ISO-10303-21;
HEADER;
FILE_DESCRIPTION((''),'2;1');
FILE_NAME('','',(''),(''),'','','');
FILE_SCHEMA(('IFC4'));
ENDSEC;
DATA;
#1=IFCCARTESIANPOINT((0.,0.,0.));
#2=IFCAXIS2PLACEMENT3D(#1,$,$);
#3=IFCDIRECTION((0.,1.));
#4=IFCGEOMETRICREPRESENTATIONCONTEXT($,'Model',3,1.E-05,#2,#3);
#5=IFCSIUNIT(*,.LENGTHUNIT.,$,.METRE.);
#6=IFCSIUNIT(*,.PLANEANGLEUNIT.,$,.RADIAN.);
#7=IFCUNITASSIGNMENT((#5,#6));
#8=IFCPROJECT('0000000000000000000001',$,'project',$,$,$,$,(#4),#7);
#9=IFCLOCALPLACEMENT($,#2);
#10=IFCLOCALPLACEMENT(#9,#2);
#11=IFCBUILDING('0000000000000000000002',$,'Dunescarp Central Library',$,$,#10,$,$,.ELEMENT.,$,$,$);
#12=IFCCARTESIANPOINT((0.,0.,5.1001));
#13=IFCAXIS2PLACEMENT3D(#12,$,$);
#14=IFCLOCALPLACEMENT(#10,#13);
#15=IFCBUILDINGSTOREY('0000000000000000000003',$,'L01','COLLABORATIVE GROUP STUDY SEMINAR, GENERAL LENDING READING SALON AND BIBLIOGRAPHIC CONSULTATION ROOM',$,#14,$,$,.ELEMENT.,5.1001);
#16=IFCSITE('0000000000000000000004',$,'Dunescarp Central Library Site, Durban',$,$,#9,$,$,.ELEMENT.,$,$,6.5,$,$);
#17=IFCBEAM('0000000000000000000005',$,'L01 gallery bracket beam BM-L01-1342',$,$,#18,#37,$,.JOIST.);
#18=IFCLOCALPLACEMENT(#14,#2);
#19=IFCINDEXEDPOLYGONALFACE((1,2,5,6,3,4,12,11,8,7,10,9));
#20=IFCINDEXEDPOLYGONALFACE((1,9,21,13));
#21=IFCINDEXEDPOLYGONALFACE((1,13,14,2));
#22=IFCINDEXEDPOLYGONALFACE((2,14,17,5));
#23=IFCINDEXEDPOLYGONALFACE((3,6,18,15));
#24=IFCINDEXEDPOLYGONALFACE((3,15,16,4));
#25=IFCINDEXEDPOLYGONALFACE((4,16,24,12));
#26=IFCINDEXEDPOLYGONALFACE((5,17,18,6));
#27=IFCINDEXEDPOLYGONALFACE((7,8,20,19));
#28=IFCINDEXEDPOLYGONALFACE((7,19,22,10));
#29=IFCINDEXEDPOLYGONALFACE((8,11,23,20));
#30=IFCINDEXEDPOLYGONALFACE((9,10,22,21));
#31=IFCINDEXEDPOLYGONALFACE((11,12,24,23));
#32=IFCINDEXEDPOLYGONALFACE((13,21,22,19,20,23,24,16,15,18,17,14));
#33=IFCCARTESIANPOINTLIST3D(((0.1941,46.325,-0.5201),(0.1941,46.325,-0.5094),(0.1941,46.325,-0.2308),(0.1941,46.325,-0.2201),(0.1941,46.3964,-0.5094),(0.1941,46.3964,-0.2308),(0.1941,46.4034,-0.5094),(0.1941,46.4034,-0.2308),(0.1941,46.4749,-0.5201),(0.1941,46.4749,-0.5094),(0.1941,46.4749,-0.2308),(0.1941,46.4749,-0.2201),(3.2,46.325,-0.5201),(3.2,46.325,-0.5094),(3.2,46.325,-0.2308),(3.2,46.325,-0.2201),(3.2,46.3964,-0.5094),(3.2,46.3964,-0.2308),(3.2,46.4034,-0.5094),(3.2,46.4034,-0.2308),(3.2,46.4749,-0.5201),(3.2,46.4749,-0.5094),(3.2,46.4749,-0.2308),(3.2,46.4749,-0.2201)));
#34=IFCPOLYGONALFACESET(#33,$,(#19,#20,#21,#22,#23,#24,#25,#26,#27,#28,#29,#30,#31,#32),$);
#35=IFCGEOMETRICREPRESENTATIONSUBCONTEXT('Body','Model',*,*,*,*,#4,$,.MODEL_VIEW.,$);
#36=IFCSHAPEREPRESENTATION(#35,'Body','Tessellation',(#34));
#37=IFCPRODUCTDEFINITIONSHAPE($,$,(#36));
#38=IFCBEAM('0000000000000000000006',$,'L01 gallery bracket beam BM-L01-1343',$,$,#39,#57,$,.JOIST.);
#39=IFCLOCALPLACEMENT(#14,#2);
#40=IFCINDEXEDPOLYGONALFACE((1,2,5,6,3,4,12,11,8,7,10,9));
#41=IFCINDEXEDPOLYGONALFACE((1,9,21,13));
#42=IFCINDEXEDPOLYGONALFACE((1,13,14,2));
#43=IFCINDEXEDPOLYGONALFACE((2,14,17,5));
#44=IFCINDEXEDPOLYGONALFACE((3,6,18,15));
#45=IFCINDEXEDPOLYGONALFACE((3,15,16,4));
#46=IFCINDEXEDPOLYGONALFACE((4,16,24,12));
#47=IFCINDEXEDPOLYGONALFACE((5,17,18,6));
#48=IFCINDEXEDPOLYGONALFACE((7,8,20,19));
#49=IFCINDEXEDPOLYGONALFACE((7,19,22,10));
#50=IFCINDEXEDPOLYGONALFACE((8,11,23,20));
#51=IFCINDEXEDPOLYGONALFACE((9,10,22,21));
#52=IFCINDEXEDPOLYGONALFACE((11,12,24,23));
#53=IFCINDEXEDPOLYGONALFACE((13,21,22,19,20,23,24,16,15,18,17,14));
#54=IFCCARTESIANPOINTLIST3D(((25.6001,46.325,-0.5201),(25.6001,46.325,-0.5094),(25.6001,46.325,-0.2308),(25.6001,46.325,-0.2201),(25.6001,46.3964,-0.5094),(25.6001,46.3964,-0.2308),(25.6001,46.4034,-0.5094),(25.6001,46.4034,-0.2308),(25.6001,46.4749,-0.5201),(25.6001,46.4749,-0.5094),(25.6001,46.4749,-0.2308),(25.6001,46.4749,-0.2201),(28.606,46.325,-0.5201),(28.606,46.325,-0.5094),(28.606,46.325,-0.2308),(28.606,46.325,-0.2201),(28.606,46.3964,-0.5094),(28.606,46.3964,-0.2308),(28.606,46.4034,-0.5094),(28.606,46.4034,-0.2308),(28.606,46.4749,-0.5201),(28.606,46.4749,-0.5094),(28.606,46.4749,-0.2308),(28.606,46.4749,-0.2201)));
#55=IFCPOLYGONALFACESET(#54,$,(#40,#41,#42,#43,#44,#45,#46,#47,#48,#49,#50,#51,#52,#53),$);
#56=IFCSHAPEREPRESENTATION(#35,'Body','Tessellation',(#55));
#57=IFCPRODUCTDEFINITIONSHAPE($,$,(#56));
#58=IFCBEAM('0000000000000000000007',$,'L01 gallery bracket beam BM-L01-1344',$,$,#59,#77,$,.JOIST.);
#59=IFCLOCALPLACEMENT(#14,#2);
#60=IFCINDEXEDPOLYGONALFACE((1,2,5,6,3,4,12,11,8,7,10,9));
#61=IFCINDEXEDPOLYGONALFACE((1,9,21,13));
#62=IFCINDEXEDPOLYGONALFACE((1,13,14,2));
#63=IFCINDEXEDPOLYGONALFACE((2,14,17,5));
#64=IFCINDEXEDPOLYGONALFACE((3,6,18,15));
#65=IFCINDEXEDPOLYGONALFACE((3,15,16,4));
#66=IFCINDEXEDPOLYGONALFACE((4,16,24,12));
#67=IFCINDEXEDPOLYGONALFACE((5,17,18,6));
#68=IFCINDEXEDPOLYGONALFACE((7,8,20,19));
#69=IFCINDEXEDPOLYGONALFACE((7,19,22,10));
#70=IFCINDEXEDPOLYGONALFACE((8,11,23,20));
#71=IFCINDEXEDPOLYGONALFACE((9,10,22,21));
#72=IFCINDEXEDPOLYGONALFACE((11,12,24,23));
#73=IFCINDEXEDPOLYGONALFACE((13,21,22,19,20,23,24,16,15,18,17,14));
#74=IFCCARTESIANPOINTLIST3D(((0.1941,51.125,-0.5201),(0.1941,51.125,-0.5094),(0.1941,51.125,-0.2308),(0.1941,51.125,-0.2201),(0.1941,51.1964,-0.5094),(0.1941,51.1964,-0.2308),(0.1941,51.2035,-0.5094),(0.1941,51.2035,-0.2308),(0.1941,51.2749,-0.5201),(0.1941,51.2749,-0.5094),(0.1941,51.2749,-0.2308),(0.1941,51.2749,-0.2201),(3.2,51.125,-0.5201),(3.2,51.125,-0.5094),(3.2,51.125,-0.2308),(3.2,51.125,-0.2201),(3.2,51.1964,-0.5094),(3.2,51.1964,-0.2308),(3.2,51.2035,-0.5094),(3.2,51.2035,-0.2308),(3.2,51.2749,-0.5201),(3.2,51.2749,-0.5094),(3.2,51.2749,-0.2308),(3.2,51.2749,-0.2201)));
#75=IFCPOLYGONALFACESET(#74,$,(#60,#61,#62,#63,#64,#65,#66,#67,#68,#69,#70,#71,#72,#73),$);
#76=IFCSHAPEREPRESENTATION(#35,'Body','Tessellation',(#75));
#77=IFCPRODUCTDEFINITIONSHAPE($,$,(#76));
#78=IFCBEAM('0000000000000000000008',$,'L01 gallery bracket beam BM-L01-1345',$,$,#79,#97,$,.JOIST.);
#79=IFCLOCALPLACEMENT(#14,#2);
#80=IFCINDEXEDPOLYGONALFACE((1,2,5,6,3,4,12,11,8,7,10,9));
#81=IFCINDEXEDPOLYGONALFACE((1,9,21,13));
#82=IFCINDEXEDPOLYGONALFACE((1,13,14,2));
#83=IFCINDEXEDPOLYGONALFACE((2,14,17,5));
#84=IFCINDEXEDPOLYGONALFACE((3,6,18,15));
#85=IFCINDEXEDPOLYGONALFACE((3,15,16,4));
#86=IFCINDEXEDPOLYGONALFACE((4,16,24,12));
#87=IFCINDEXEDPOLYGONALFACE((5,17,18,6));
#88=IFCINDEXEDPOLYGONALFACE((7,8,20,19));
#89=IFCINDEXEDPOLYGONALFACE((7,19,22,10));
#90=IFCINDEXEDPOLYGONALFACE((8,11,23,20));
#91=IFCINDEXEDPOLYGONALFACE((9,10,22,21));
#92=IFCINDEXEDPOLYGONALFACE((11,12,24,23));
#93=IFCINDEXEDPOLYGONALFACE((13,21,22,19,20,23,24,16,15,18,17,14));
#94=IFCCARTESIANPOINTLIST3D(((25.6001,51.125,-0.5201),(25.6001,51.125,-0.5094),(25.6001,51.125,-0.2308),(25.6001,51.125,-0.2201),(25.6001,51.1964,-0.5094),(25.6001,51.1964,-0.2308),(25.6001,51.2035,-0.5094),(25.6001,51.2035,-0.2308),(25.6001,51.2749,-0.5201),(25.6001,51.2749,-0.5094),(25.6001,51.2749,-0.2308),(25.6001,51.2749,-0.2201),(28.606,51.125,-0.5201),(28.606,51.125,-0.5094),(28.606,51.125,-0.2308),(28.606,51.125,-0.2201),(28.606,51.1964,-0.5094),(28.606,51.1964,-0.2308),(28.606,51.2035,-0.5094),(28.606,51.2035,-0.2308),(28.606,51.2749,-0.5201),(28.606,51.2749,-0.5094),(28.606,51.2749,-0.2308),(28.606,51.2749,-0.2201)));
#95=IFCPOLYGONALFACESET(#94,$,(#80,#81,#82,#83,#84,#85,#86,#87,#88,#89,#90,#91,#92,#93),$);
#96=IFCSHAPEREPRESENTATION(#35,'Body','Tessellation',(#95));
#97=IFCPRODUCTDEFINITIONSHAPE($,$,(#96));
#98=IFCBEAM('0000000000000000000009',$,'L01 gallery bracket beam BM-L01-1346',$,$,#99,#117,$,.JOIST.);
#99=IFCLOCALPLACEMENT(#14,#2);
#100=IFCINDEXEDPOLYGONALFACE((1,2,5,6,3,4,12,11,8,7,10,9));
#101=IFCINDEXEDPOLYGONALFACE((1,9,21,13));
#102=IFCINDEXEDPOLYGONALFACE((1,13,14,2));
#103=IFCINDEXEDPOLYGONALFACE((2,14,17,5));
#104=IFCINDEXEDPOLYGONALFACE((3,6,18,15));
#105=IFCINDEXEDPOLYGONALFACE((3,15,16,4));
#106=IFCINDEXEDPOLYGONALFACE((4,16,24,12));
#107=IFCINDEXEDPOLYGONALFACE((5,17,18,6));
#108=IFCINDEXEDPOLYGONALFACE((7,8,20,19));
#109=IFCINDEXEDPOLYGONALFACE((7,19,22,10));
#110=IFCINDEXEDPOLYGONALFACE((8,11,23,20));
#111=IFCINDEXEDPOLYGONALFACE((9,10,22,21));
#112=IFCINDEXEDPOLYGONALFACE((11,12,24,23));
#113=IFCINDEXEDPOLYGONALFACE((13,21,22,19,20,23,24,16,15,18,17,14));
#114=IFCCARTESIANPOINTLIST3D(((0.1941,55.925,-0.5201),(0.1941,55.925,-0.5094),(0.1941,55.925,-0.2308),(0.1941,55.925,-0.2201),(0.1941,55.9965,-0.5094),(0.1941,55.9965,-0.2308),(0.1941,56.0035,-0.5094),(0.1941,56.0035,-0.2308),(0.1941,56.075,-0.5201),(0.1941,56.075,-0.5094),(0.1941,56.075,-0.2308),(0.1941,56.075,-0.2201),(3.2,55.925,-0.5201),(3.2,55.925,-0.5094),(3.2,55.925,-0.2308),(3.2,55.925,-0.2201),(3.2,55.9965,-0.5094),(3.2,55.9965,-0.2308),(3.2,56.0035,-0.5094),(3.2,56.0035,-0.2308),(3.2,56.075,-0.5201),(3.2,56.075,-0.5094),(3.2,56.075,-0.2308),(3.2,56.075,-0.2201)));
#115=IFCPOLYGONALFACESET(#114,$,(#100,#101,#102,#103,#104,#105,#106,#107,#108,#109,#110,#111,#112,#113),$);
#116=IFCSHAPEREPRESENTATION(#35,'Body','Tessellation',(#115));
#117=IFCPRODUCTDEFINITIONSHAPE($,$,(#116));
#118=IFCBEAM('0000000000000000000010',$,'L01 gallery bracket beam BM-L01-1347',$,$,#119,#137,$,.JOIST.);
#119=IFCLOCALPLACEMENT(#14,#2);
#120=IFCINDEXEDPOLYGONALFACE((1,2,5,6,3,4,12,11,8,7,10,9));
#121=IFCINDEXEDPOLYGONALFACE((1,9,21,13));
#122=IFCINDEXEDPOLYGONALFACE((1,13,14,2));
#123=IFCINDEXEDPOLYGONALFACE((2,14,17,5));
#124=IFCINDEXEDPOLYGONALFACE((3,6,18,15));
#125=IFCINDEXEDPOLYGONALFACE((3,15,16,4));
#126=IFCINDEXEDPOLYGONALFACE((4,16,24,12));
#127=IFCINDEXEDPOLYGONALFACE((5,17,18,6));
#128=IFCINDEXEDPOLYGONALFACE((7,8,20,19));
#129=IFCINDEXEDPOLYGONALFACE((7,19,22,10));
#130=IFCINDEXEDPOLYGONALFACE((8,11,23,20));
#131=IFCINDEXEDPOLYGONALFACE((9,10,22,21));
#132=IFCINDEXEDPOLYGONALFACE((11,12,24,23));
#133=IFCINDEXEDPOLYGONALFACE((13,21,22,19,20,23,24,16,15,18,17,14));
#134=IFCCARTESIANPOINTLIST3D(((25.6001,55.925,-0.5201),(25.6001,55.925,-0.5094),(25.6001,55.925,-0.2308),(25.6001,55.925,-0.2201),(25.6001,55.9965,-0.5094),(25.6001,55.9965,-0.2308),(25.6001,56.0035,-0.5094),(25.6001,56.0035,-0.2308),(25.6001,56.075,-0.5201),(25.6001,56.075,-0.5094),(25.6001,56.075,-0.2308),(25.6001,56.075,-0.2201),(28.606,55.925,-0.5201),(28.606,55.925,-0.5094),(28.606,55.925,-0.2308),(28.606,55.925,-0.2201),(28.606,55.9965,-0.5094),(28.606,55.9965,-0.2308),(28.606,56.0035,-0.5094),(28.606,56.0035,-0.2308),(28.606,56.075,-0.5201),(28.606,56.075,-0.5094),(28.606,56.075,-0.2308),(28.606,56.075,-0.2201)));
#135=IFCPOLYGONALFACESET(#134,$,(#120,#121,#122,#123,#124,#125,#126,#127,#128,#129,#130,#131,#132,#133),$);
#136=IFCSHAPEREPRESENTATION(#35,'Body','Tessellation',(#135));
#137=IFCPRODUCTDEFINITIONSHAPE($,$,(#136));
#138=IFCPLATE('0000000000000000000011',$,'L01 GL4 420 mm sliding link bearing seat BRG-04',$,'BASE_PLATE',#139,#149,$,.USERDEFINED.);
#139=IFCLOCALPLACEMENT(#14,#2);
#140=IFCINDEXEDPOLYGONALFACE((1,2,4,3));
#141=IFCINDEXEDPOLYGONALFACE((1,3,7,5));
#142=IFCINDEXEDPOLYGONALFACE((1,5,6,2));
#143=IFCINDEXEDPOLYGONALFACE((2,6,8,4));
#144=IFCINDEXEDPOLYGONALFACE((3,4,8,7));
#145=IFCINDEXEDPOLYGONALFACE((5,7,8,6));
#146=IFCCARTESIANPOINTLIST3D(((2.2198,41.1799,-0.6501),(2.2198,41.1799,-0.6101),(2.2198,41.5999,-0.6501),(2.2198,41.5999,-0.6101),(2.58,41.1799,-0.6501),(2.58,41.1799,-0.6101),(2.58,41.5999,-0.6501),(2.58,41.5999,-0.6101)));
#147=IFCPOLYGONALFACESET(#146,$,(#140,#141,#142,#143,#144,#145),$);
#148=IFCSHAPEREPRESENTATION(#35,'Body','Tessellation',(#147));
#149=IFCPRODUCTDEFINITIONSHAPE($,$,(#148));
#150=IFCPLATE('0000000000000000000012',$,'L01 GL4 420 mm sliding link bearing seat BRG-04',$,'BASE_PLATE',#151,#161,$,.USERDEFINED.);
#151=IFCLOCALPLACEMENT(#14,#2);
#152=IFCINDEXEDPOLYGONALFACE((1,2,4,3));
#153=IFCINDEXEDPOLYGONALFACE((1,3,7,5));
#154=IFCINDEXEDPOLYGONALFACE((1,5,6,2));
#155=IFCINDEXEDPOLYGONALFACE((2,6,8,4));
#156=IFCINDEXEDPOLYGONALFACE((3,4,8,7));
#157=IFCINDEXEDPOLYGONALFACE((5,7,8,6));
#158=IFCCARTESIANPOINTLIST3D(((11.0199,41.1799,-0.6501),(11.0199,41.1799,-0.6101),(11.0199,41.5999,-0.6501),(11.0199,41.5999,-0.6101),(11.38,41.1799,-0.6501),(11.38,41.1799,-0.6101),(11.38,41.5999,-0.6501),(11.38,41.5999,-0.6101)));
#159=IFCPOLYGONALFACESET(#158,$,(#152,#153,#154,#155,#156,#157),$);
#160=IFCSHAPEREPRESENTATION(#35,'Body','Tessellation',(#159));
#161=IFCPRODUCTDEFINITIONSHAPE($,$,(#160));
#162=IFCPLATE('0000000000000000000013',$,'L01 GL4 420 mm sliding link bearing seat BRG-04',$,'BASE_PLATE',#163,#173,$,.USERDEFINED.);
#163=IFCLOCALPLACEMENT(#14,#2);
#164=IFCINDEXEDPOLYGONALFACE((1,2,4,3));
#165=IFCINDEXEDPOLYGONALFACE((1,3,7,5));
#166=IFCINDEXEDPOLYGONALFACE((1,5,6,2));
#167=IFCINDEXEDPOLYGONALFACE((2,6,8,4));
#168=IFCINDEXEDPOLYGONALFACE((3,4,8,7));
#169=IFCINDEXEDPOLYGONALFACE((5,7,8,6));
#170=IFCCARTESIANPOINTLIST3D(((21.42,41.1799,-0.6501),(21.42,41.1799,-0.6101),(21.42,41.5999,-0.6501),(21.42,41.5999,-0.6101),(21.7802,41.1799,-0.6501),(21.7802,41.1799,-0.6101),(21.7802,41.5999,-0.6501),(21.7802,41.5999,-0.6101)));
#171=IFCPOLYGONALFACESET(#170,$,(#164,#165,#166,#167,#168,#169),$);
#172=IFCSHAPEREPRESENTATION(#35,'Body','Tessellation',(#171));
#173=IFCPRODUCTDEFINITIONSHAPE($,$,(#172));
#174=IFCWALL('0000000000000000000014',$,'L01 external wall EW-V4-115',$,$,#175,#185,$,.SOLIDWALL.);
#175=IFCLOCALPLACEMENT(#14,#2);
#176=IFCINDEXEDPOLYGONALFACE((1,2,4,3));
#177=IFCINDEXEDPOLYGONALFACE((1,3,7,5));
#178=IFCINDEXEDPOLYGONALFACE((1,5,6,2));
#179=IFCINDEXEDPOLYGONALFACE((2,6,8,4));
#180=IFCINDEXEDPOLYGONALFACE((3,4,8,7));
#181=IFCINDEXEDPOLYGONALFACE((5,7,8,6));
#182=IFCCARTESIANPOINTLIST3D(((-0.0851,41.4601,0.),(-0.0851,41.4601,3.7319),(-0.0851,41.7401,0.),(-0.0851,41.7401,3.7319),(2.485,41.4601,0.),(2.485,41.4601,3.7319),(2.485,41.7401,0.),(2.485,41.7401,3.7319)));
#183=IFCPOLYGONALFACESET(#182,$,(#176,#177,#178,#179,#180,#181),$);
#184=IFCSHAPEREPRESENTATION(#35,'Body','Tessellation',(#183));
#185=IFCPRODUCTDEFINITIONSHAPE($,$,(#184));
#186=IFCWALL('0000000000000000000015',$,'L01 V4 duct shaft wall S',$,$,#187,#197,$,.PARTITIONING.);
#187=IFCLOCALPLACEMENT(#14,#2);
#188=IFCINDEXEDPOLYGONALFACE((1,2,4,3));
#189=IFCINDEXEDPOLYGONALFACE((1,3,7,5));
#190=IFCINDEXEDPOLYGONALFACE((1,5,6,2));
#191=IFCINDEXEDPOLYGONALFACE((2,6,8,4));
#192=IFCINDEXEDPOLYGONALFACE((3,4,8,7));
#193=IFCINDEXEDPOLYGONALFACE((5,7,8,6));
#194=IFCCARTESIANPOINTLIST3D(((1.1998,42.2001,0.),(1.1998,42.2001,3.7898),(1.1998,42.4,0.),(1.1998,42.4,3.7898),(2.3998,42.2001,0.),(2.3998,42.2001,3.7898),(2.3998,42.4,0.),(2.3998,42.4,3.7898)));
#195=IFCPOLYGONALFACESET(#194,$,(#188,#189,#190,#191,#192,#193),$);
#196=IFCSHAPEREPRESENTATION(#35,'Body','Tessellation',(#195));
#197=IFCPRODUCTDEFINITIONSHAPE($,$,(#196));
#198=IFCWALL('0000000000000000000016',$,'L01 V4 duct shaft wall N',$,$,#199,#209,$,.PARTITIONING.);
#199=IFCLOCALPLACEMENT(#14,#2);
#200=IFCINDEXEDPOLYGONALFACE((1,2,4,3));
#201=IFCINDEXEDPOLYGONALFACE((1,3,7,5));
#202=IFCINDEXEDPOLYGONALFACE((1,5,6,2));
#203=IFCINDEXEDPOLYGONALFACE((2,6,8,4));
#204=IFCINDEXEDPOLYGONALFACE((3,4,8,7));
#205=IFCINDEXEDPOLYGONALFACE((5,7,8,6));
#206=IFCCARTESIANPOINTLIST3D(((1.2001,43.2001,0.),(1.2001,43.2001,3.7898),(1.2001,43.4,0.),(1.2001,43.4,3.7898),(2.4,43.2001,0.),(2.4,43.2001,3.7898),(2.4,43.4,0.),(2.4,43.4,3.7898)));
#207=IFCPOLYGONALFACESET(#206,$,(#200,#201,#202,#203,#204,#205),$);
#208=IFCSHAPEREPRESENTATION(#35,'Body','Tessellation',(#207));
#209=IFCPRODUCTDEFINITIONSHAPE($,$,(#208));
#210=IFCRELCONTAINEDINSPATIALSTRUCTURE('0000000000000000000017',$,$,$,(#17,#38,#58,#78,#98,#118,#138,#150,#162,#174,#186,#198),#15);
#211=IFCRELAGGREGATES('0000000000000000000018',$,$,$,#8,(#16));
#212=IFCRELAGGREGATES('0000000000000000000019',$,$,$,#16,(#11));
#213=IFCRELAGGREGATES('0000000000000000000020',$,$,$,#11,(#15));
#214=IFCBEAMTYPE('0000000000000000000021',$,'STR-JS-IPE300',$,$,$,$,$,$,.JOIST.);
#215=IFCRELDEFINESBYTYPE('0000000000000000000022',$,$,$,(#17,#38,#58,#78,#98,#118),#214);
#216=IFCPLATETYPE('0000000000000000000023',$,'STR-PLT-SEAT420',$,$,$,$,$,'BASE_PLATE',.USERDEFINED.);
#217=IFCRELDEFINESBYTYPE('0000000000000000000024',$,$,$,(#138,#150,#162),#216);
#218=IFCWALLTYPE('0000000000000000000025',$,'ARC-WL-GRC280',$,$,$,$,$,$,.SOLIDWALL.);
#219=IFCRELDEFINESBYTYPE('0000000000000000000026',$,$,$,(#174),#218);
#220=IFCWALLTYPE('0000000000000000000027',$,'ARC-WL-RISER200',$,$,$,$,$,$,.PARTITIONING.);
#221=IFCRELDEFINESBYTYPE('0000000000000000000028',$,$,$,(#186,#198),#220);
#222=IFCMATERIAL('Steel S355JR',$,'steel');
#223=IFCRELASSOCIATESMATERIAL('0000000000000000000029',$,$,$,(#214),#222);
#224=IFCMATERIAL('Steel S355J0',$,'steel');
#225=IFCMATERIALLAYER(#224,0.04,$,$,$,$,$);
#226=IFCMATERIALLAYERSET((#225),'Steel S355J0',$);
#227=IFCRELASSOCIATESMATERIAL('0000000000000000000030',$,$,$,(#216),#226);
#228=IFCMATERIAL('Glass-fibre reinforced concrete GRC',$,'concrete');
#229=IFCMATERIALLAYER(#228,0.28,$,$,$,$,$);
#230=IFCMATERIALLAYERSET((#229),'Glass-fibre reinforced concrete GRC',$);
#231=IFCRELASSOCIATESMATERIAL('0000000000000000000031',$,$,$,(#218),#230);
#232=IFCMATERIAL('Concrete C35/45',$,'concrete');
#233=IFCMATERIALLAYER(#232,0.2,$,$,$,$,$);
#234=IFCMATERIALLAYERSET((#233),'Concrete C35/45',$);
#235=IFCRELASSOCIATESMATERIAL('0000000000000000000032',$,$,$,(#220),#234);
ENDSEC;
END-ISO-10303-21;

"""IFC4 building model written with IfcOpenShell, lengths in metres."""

from ifc_helpers import new_model, si_unit, direction, frame, frame_2d, origin, origin_2d, place, context, subcontext, project, spatial, rectangle, i_section, extrude, material, layer, layer_set, material_profile, profile_set, type_object, element, save


model = new_model("IFC4")

# Units and contexts
model_context = context("Model", 3, precision=1e-05, world=origin(), true_north=direction((0.0, 1.0)))
body_context = subcontext(model_context, "Body", "Model", "MODEL_VIEW")
ifc_project = project(units=[si_unit("LENGTHUNIT", "METRE"), si_unit("PLANEANGLEUNIT", "RADIAN")], contexts=[model_context])

# Site, building, storey
site_placement = place(None, origin())
site = spatial("IfcSite", under=ifc_project, at=site_placement, Name="Dunescarp Central Library Site, Durban", CompositionType="ELEMENT", RefElevation=6.5)
building_placement = place(site_placement, origin())
building = spatial("IfcBuilding", under=site, at=building_placement, Name="Dunescarp Central Library", CompositionType="ELEMENT")
storey_placement = place(building_placement, frame((0.0, 0.0, 5.1001)))
storey = spatial("IfcBuildingStorey", under=building, at=storey_placement, Name="L01", Description="COLLABORATIVE GROUP STUDY SEMINAR, GENERAL LENDING READING SALON AND BIBLIOGRAPHIC CONSULTATION ROOM", CompositionType="ELEMENT", Elevation=5.1001)

# Shared definitions
ifc_material_1 = material(Name="Steel S355JR", Category="steel")

# Beams
ifc_material_profile_1 = material_profile(ifc_material_1, i_section(OverallWidth=0.1499, OverallDepth=0.3, WebThickness=0.0071, FlangeThickness=0.0107, at=origin_2d()), Name="IPE 300")
ifc_profile_set_1 = profile_set([ifc_material_profile_1], Name="Steel S355JR")
beam_type_1 = type_object("IfcBeamType", Name="STR-JS-IPE300", PredefinedType="JOIST", material=ifc_profile_set_1)
for number, where, z_axis, x_axis, name in (
    (1, (0.1941, 46.3999, -0.3701), (1.0, 0.0, 0.0), (0.0, 1.0, 0.0), "L01 gallery bracket beam BM-L01-1342"),
    (2, (25.6001, 46.3999, -0.3701), (1.0, 0.0, 0.0), (0.0, 1.0, 0.0), "L01 gallery bracket beam BM-L01-1343"),
    (3, (0.1941, 51.2, -0.3701), (1.0, 0.0, 0.0), (0.0, 1.0, 0.0), "L01 gallery bracket beam BM-L01-1344"),
    (4, (25.6001, 51.2, -0.3701), (1.0, 0.0, 0.0), (0.0, 1.0, 0.0), "L01 gallery bracket beam BM-L01-1345"),
    (5, (0.1941, 56.0, -0.3701), (1.0, 0.0, 0.0), (0.0, 1.0, 0.0), "L01 gallery bracket beam BM-L01-1346"),
    (6, (25.6001, 56.0, -0.3701), (1.0, 0.0, 0.0), (0.0, 1.0, 0.0), "L01 gallery bracket beam BM-L01-1347"),
):
    element("IfcBeam", number, at=place(storey_placement, frame(where, z_axis=z_axis, x_axis=x_axis)), inside=storey, type_object=beam_type_1, Name=name, PredefinedType="JOIST", context=body_context, shape_type="SweptSolid", body=[
        extrude(i_section(OverallWidth=0.1499, OverallDepth=0.3, WebThickness=0.0071, FlangeThickness=0.0107, at=origin_2d()), origin(), (0.0, 0.0, 1.0), 3.0059),
    ])

# Plates
ifc_material_2 = material(Name="Steel S355J0", Category="steel")
ifc_layer_1 = layer(ifc_material_2, 0.04)
ifc_layer_set_1 = layer_set([ifc_layer_1], Name="Steel S355J0")
plate_type = type_object("IfcPlateType", Name="STR-PLT-SEAT420", ElementType="BASE_PLATE", PredefinedType="USERDEFINED", material=ifc_layer_set_1)
for number, where, z_axis, x_axis, name in (
    (7, (2.3999, 41.3899, -0.6501), (0.0, 0.0, 1.0), (0.0, 1.0, 0.0), "L01 GL4 420 mm sliding link bearing seat BRG-04"),
    (8, (11.2, 41.3899, -0.6501), (0.0, 0.0, 1.0), (0.0, 1.0, 0.0), "L01 GL4 420 mm sliding link bearing seat BRG-04"),
    (9, (21.6001, 41.3899, -0.6501), (0.0, 0.0, 1.0), (0.0, 1.0, 0.0), "L01 GL4 420 mm sliding link bearing seat BRG-04"),
):
    element("IfcPlate", number, at=place(storey_placement, frame(where, z_axis=z_axis, x_axis=x_axis)), inside=storey, type_object=plate_type, Name=name, ObjectType="BASE_PLATE", PredefinedType="USERDEFINED", context=body_context, shape_type="SweptSolid", body=[
        extrude(rectangle(XDim=0.4199, YDim=0.3601, at=origin_2d()), origin(), (0.0, 0.0, 1.0), 0.04),
    ])

# Walls
ifc_material_3 = material(Name="Glass-fibre reinforced concrete GRC", Category="concrete")
ifc_layer_2 = layer(ifc_material_3, 0.28)
ifc_layer_set_2 = layer_set([ifc_layer_2], Name="Glass-fibre reinforced concrete GRC")
wall_type_1 = type_object("IfcWallType", Name="ARC-WL-GRC280", PredefinedType="SOLIDWALL", material=ifc_layer_set_2)
wall_placement = place(storey_placement, frame((2.4851, 41.6001, 0.0), z_axis=(0.0, 0.0, 1.0), x_axis=(-1.0, 0.0, 0.0)))
element("IfcWall", 10, at=wall_placement, inside=storey, type_object=wall_type_1, Name="L01 external wall EW-V4-115", PredefinedType="SOLIDWALL", context=body_context, shape_type="SweptSolid", body=[
    extrude(rectangle(XDim=2.5701, YDim=0.28, at=frame_2d((1.2852, 0.0))), origin(), (0.0, 0.0, 1.0), 3.7319),
])
ifc_material_4 = material(Name="Concrete C35/45", Category="concrete")
ifc_layer_3 = layer(ifc_material_4, 0.2)
ifc_layer_set_3 = layer_set([ifc_layer_3], Name="Concrete C35/45")
wall_type_2 = type_object("IfcWallType", Name="ARC-WL-RISER200", PredefinedType="PARTITIONING", material=ifc_layer_set_3)
for number, where, z_axis, x_axis, name in (
    (11, (2.3999, 42.3, 0.0), (0.0, 0.0, 1.0), (-1.0, 0.0, 0.0), "L01 V4 duct shaft wall S"),
    (12, (1.2, 43.3, 0.0), (0.0, 0.0, 1.0), (1.0, 0.0, 0.0), "L01 V4 duct shaft wall N"),
):
    element("IfcWall", number, at=place(storey_placement, frame(where, z_axis=z_axis, x_axis=x_axis)), inside=storey, type_object=wall_type_2, Name=name, PredefinedType="PARTITIONING", context=body_context, shape_type="SweptSolid", body=[
        extrude(rectangle(XDim=1.2, YDim=0.2, at=frame_2d((0.6001, 0.0))), origin(), (0.0, 0.0, 1.0), 3.7898),
    ])

save(model, "model.ifc")
